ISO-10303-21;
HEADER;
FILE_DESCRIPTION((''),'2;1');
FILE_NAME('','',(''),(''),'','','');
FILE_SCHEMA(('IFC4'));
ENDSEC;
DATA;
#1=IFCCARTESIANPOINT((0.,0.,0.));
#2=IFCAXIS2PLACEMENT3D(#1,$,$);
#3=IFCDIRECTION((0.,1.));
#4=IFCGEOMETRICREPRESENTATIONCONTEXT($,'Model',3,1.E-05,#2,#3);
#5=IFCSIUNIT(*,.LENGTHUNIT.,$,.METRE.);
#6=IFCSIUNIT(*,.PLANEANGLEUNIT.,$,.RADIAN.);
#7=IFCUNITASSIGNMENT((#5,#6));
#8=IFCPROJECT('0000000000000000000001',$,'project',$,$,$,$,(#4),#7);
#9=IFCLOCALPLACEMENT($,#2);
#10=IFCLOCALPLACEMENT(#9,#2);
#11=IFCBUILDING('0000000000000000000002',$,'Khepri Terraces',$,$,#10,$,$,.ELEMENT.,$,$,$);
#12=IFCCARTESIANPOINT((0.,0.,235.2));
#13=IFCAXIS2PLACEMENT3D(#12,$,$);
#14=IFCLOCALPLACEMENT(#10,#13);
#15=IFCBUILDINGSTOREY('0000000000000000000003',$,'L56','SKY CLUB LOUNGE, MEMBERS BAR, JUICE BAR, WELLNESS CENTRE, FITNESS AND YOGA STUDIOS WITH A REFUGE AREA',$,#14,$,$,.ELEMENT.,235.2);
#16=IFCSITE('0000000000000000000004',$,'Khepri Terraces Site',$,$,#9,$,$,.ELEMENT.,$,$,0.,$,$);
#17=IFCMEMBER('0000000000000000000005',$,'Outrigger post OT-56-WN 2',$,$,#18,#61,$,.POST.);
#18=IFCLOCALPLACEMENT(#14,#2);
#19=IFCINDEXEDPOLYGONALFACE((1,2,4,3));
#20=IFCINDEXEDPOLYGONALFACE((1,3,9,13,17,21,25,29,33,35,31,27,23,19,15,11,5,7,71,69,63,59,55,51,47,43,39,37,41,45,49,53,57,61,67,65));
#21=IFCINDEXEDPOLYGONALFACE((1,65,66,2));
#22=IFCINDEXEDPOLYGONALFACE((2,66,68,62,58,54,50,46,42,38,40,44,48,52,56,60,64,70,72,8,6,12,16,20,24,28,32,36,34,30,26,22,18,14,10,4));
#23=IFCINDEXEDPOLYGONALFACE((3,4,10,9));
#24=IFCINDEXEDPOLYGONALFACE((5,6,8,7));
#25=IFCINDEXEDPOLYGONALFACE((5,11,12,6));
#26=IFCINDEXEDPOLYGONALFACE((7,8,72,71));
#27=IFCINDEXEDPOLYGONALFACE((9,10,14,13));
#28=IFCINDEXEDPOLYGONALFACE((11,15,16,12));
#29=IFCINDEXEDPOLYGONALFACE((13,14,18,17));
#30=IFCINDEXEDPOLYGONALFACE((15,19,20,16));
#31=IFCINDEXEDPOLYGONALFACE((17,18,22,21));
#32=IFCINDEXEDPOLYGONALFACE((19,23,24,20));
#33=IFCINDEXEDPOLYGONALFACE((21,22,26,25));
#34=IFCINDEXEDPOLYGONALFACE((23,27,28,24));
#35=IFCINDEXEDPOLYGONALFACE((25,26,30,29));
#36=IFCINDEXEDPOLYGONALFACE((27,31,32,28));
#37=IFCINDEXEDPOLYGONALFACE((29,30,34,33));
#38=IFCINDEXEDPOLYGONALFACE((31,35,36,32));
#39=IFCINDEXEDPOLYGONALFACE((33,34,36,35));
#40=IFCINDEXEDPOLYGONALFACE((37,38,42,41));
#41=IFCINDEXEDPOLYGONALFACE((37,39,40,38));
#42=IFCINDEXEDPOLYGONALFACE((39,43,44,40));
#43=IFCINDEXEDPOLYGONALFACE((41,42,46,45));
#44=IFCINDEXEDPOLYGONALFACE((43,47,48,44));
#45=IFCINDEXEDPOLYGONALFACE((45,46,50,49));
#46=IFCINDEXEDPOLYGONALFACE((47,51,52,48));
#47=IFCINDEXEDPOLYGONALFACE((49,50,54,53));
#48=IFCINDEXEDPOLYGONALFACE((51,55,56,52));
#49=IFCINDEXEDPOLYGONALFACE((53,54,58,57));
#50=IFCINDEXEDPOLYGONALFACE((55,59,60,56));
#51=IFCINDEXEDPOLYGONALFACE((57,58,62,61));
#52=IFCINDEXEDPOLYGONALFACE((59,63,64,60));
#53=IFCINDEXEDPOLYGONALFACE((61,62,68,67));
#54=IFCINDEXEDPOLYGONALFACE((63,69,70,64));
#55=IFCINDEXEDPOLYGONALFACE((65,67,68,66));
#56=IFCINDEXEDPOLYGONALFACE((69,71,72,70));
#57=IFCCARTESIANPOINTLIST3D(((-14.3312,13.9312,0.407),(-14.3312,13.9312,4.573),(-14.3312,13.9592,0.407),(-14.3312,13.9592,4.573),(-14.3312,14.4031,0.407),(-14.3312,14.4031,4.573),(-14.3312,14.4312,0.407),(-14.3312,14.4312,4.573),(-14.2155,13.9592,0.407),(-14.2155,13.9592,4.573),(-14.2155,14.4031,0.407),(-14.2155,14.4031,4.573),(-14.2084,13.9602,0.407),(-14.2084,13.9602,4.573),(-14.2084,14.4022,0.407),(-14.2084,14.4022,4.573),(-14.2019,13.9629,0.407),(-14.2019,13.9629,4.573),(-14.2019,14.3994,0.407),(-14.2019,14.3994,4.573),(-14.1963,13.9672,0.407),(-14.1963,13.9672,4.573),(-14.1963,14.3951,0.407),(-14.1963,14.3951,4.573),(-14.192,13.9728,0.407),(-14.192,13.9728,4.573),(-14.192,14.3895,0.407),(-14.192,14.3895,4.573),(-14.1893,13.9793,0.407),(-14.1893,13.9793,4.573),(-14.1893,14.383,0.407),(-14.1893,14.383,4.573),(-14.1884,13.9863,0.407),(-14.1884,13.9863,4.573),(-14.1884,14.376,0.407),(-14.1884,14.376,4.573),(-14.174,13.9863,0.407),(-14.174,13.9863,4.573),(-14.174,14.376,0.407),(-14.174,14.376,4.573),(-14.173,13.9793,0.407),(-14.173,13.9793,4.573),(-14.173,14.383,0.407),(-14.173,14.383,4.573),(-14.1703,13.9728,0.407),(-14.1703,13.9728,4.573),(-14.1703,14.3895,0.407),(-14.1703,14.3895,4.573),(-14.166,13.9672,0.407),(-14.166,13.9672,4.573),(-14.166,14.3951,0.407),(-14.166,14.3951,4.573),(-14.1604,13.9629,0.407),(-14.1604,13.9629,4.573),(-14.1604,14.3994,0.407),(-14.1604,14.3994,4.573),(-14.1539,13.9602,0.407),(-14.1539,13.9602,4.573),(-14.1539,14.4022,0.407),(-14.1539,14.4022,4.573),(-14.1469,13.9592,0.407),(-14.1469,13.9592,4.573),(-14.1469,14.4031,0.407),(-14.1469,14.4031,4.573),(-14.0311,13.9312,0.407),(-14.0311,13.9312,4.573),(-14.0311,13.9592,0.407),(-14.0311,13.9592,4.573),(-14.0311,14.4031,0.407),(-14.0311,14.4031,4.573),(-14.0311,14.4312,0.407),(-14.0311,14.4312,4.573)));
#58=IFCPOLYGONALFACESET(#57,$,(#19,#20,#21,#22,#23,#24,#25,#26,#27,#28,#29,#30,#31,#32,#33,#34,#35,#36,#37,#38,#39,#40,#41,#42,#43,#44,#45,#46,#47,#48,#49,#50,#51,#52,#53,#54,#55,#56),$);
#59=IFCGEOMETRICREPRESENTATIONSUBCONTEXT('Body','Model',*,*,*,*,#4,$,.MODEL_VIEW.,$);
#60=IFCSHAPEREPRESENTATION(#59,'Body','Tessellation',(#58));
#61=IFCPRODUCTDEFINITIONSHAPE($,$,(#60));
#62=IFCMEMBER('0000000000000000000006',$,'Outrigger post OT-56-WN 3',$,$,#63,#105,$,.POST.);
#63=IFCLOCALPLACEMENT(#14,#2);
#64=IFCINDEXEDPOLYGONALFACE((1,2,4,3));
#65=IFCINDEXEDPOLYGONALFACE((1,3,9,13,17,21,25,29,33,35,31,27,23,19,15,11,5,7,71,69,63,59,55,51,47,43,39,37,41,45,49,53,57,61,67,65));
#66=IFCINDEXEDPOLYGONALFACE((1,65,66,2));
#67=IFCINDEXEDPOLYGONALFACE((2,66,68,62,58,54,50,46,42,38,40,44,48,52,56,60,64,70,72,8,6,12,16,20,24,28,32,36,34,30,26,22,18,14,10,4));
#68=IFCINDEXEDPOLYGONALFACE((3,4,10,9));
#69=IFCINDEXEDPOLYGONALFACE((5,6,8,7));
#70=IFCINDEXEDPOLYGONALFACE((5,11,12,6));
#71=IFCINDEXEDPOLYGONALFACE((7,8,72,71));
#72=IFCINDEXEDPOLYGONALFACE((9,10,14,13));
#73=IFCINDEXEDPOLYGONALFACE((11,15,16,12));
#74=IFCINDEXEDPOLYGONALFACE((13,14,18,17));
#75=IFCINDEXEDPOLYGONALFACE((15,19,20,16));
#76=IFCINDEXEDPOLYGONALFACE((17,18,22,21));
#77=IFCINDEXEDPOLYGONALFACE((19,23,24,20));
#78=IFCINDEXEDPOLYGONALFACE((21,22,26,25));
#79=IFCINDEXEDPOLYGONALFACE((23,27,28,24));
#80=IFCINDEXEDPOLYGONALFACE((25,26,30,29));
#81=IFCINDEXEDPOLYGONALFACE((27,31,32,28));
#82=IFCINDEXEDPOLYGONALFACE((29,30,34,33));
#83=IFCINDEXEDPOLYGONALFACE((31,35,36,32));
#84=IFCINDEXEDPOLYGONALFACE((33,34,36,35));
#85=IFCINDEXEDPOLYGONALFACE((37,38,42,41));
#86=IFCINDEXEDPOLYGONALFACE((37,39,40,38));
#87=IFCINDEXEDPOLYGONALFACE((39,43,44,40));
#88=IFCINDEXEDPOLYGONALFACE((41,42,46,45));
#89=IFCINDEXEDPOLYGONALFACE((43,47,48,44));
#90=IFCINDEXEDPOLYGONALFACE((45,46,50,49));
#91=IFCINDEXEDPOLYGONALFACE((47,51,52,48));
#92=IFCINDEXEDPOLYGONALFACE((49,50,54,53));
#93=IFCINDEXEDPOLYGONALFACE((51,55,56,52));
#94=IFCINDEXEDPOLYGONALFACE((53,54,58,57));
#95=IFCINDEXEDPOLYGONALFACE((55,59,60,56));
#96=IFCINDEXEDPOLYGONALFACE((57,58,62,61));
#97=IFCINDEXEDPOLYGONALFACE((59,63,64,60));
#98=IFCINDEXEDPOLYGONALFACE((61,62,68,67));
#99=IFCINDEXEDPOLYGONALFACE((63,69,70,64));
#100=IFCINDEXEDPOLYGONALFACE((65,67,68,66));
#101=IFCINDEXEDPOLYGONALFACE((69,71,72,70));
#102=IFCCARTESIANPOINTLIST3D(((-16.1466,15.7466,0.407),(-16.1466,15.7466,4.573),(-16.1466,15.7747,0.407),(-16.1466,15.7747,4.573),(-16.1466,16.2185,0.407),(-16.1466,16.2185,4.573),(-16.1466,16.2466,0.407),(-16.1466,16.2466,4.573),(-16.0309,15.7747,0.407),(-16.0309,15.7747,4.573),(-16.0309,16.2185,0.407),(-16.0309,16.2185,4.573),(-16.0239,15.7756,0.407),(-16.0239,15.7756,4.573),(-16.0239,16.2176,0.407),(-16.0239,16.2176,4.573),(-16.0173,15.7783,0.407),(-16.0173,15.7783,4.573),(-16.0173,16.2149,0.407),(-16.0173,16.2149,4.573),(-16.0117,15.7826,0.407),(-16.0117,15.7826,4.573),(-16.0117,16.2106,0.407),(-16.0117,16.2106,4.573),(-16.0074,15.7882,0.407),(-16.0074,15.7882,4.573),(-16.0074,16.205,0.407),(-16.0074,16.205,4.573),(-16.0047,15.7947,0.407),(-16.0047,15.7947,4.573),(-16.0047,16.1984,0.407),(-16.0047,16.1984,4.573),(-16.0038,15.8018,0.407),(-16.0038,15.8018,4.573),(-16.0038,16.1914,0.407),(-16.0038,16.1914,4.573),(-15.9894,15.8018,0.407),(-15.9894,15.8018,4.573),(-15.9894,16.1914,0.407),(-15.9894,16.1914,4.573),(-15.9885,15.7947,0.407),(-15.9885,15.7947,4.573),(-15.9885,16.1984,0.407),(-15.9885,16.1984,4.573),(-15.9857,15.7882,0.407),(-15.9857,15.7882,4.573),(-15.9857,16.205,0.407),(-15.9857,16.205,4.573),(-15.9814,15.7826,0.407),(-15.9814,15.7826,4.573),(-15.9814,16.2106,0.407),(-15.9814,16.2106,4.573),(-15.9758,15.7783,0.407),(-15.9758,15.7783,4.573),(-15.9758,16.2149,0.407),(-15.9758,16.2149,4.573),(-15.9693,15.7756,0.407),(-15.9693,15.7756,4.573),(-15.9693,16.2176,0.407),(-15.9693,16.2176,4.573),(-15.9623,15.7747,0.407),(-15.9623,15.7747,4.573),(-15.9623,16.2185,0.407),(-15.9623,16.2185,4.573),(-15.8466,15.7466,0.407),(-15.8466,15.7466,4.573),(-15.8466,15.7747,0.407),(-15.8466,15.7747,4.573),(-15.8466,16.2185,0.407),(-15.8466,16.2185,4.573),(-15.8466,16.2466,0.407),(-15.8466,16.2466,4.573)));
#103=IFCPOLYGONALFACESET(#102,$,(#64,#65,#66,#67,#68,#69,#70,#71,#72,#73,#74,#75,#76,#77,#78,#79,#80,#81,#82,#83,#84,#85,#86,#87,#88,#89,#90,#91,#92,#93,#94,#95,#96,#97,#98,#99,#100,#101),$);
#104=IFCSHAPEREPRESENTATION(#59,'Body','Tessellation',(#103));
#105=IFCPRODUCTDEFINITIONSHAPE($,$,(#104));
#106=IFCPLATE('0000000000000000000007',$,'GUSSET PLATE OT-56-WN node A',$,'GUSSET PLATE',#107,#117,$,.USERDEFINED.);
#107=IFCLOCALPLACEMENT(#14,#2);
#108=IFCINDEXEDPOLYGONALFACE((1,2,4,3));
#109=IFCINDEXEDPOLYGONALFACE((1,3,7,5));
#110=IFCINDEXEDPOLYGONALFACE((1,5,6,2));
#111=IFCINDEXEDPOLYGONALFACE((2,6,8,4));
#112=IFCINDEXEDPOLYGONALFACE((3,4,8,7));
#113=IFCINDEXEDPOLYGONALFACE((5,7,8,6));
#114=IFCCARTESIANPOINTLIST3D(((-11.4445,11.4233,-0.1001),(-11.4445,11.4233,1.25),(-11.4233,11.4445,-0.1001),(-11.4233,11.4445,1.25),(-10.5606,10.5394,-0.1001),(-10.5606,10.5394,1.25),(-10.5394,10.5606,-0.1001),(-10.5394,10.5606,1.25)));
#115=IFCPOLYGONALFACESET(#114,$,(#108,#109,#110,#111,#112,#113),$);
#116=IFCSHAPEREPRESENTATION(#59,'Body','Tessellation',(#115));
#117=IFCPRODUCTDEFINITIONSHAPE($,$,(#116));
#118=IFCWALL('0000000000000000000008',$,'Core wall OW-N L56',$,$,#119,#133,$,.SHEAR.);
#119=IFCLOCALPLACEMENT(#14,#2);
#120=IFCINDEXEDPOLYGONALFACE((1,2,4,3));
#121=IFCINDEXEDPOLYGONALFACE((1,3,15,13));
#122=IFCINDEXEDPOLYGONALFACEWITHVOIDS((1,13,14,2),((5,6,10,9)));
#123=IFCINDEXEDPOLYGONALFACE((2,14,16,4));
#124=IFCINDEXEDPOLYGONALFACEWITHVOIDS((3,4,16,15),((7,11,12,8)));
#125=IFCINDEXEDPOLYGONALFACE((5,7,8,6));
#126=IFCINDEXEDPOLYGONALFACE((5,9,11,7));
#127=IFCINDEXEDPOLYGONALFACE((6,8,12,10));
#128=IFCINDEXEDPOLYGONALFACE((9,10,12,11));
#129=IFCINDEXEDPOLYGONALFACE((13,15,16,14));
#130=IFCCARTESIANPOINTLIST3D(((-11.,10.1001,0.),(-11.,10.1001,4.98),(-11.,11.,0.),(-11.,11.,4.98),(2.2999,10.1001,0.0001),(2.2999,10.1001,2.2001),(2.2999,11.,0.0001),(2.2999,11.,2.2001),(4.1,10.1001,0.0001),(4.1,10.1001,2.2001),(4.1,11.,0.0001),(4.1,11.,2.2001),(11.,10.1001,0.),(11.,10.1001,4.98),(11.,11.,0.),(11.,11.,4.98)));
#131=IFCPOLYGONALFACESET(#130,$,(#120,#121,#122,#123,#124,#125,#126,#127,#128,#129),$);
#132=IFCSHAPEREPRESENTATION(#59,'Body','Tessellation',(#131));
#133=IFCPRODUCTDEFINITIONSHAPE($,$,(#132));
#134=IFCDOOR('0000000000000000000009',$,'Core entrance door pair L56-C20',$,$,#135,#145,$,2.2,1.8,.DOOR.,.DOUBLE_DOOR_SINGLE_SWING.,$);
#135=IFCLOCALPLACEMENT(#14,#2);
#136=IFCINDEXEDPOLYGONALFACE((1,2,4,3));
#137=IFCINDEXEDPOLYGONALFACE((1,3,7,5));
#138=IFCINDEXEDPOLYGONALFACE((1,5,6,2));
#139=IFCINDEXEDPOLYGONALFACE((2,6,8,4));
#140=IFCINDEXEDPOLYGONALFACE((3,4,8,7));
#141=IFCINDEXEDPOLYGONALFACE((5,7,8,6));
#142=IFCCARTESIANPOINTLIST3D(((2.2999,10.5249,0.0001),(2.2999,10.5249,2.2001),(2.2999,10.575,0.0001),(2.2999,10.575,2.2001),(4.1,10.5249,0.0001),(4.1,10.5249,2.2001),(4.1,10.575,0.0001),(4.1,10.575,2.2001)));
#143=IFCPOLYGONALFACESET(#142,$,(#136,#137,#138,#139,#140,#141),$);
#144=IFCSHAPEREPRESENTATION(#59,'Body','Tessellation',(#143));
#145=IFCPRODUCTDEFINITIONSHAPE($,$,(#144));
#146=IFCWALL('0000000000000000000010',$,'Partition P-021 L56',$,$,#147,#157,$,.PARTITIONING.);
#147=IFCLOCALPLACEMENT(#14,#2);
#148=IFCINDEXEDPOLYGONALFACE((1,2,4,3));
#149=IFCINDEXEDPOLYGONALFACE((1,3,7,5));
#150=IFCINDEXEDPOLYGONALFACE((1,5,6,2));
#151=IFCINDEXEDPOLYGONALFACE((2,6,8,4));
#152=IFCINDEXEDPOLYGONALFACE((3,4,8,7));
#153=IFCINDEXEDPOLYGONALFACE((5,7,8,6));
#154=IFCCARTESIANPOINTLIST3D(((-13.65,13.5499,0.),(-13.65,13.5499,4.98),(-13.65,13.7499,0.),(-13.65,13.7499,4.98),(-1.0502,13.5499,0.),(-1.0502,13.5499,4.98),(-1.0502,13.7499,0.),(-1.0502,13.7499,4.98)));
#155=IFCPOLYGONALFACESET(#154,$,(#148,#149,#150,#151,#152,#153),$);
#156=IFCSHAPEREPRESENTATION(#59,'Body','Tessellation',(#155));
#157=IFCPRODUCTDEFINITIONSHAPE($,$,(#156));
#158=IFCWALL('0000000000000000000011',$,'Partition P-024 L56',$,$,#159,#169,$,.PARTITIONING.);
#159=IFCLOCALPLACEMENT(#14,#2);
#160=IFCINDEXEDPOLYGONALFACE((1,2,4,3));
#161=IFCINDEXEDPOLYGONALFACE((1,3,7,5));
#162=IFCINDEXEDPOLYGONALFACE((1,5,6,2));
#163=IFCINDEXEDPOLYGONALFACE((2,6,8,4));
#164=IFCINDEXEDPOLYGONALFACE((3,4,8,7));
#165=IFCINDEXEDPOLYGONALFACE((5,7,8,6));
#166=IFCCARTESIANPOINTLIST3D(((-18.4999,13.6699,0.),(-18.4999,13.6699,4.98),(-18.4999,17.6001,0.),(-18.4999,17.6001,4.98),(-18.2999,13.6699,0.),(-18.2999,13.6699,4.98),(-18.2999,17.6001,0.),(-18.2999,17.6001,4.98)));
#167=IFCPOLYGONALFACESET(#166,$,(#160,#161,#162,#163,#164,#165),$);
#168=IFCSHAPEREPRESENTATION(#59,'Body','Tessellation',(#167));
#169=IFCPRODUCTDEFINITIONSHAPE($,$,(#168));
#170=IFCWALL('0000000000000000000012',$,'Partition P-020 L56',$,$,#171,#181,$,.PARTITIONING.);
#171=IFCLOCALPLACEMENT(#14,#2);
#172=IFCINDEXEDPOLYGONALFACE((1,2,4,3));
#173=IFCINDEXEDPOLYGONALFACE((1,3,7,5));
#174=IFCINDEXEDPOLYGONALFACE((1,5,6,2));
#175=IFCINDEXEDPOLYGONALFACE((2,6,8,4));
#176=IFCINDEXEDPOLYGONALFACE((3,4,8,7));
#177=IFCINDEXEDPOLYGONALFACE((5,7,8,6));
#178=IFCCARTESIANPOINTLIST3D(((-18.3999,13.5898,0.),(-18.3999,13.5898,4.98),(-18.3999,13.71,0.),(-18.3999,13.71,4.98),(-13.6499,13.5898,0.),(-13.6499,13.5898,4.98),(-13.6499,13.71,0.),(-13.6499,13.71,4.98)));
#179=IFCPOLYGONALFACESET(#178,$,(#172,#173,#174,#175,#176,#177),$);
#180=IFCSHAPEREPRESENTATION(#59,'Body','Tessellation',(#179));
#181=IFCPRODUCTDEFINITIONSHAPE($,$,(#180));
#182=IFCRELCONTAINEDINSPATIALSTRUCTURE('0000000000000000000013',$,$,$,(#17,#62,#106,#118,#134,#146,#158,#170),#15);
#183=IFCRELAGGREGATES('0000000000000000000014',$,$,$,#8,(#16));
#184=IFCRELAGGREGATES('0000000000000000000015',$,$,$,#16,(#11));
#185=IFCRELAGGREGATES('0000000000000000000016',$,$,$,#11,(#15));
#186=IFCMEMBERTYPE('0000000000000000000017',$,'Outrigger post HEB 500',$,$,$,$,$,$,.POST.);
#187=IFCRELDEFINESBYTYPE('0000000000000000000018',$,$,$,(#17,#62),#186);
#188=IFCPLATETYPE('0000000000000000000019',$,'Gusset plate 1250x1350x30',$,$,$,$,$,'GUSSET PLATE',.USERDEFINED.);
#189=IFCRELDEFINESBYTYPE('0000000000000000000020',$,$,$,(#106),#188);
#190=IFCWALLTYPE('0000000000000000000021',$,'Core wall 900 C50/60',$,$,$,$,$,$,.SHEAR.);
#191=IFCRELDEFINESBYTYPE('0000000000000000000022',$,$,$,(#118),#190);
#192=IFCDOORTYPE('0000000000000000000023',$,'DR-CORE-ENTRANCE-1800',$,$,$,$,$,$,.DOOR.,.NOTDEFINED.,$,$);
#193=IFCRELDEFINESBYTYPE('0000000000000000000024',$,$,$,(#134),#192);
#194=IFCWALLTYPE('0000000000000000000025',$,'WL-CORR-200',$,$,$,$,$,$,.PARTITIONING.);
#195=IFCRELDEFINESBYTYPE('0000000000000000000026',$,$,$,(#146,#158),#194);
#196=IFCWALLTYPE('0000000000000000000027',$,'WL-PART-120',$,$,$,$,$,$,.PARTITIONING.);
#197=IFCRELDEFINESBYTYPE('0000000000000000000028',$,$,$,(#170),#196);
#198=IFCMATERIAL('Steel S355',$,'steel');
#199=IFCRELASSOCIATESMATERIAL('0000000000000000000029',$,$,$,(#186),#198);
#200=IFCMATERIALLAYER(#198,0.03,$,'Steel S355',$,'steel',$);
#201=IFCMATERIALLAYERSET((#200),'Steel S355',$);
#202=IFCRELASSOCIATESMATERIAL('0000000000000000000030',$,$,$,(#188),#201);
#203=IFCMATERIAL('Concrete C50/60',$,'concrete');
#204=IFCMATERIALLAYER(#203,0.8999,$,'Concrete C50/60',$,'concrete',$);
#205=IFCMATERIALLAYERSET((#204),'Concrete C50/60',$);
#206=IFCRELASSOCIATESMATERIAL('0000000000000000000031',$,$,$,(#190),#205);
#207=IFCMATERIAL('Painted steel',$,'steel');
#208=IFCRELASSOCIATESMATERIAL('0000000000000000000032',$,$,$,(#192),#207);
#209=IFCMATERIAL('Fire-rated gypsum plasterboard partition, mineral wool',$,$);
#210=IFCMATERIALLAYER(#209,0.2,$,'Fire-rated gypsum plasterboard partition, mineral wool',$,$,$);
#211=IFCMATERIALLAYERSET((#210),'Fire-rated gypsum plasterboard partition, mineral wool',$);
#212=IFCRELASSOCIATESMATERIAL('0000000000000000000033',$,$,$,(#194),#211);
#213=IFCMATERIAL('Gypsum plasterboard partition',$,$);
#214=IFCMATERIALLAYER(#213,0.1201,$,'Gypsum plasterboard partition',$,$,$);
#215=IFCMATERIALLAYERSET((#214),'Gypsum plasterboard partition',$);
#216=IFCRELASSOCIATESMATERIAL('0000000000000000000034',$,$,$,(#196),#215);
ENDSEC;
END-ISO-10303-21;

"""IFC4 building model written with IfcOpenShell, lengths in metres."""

from ifc_helpers import new_model, si_unit, direction, frame, frame_2d, origin, origin_2d, place, context, subcontext, project, spatial, rectangle, i_section, extrude, material, layer, layer_set, material_profile, profile_set, type_object, element, fill, save


model = new_model("IFC4")

# Units and contexts
model_context = context("Model", 3, precision=1e-05, world=origin(), true_north=direction((0.0, 1.0)))
body_context = subcontext(model_context, "Body", "Model", "MODEL_VIEW")
ifc_project = project(units=[si_unit("LENGTHUNIT", "METRE"), si_unit("PLANEANGLEUNIT", "RADIAN")], contexts=[model_context])

# Site, building, storey
site_placement = place(None, origin())
site = spatial("IfcSite", under=ifc_project, at=site_placement, Name="Khepri Terraces Site", CompositionType="ELEMENT", RefElevation=0.0)
building_placement = place(site_placement, origin())
building = spatial("IfcBuilding", under=site, at=building_placement, Name="Khepri Terraces", CompositionType="ELEMENT")
storey_placement = place(building_placement, frame((0.0, 0.0, 235.2)))
storey = spatial("IfcBuildingStorey", under=building, at=storey_placement, Name="L56", Description="SKY CLUB LOUNGE, MEMBERS BAR, JUICE BAR, WELLNESS CENTRE, FITNESS AND YOGA STUDIOS WITH A REFUGE AREA", CompositionType="ELEMENT", Elevation=235.2)

# Members
ifc_material_1 = material(Name="Steel S355", Category="steel")
ifc_material_profile_1 = material_profile(ifc_material_1, i_section(OverallWidth=0.3, OverallDepth=0.5, WebThickness=0.0144, FlangeThickness=0.0281, FilletRadius=0.0271, at=origin_2d()), Name="Steel S355", Category="steel")
ifc_profile_set_1 = profile_set([ifc_material_profile_1], Name="Steel S355")
member_type_1 = type_object("IfcMemberType", Name="Outrigger post HEB 500", PredefinedType="POST", material=ifc_profile_set_1)
for number, where, z_axis, x_axis, name in (
    (1, (-14.1812, 14.1812, 0.407), (0.0, 0.0, 1.0), (1.0, 0.0, 0.0), "Outrigger post OT-56-WN 2"),
    (2, (-15.9966, 15.9966, 0.407), (0.0, 0.0, 1.0), (1.0, 0.0, 0.0), "Outrigger post OT-56-WN 3"),
):
    element("IfcMember", number, at=place(storey_placement, frame(where, z_axis=z_axis, x_axis=x_axis)), inside=storey, type_object=member_type_1, Name=name, PredefinedType="POST", context=body_context, shape_type="SweptSolid", body=[
        extrude(i_section(OverallWidth=0.3, OverallDepth=0.5, WebThickness=0.0144, FlangeThickness=0.0281, FilletRadius=0.0271, at=origin_2d()), origin(), (0.0, 0.0, 1.0), 4.166),
    ])

# Plate
ifc_layer_1 = layer(ifc_material_1, 0.03, Name="Steel S355", Category="steel")
ifc_layer_set_1 = layer_set([ifc_layer_1], Name="Steel S355")
plate_type = type_object("IfcPlateType", Name="Gusset plate 1250x1350x30", ElementType="GUSSET PLATE", PredefinedType="USERDEFINED", material=ifc_layer_set_1)
plate_placement = place(storey_placement, frame((-10.9919, 10.9919, -0.1001), z_axis=(0.0, 0.0, 1.0), x_axis=(-0.707107, 0.707107, 0.0)))
element("IfcPlate", 3, at=plate_placement, inside=storey, type_object=plate_type, Name="GUSSET PLATE OT-56-WN node A", ObjectType="GUSSET PLATE", PredefinedType="USERDEFINED", context=body_context, shape_type="SweptSolid", body=[
    extrude(rectangle(XDim=1.25, YDim=0.03, at=origin_2d()), origin(), (0.0, 0.0, 1.0), 1.3501),
])

# Wall, opening, door
ifc_material_2 = material(Name="Concrete C50/60", Category="concrete")
ifc_layer_2 = layer(ifc_material_2, 0.8999, Name="Concrete C50/60", Category="concrete")
ifc_layer_set_2 = layer_set([ifc_layer_2], Name="Concrete C50/60")
wall_type_1 = type_object("IfcWallType", Name="Core wall 900 C50/60", PredefinedType="SHEAR", material=ifc_layer_set_2)
wall_1_placement = place(storey_placement, frame((-11.0, 10.55, 0.0), z_axis=(0.0, 0.0, 1.0), x_axis=(1.0, 0.0, 0.0)))
wall_1 = element("IfcWall", 4, at=wall_1_placement, inside=storey, type_object=wall_type_1, Name="Core wall OW-N L56", PredefinedType="SHEAR", context=body_context, shape_type="SweptSolid", body=[
    extrude(rectangle(XDim=22.0, YDim=0.8999, at=frame_2d((11.0, 0.0))), origin(), (0.0, 0.0, 1.0), 4.98),
])
opening_1_placement = place(wall_1_placement, frame((13.3, 0.0, 0.0)))
opening_1 = element("IfcOpeningElement", 5, at=opening_1_placement, cuts=wall_1, PredefinedType="OPENING", context=body_context, shape_type="SweptSolid", body=[
    extrude(rectangle(XDim=1.8, YDim=2.2, at=frame_2d((0.8999, 1.1001))), frame((0.0, 0.46, 0.0), z_axis=(0.0, -1.0, 0.0), x_axis=(1.0, 0.0, 0.0)), (0.0, 0.0, 1.0), 0.9199),
])
ifc_material_3 = material(Name="Painted steel", Category="steel")
door_type_1 = type_object("IfcDoorType", Name="DR-CORE-ENTRANCE-1800", OperationType="NOTDEFINED", PredefinedType="DOOR", material=ifc_material_3)
door_1_placement = place(opening_1_placement, origin())
door_1 = element("IfcDoor", 6, at=door_1_placement, inside=storey, type_object=door_type_1, Name="Core entrance door pair L56-C20", OperationType="DOUBLE_DOOR_SINGLE_SWING", OverallHeight=2.2, OverallWidth=1.8, PredefinedType="DOOR", context=body_context, shape_type="SweptSolid", body=[
    extrude(rectangle(XDim=1.8, YDim=2.2, at=frame_2d((0.8999, 1.1001))), frame((0.0, 0.0249, 0.0), z_axis=(0.0, -1.0, 0.0), x_axis=(1.0, 0.0, 0.0)), (0.0, 0.0, 1.0), 0.05),
])
fill(opening_1, door_1)

# Walls
ifc_material_4 = material(Name="Fire-rated gypsum plasterboard partition, mineral wool")
ifc_layer_3 = layer(ifc_material_4, 0.2, Name="Fire-rated gypsum plasterboard partition, mineral wool")
ifc_layer_set_3 = layer_set([ifc_layer_3], Name="Fire-rated gypsum plasterboard partition, mineral wool")
wall_type_2 = type_object("IfcWallType", Name="WL-CORR-200", PredefinedType="PARTITIONING", material=ifc_layer_set_3)
wall_2_placement = place(storey_placement, frame((-13.6499, 13.6499, 0.0), z_axis=(0.0, 0.0, 1.0), x_axis=(1.0, 0.0, 0.0)))
element("IfcWall", 7, at=wall_2_placement, inside=storey, type_object=wall_type_2, Name="Partition P-021 L56", PredefinedType="PARTITIONING", context=body_context, shape_type="SweptSolid", body=[
    extrude(rectangle(XDim=12.5999, YDim=0.2, at=frame_2d((6.2998, 0.0))), origin(), (0.0, 0.0, 1.0), 4.98),
])
wall_3_placement = place(storey_placement, frame((-18.3999, 13.6699, 0.0), z_axis=(0.0, 0.0, 1.0), x_axis=(0.0, 1.0, 0.0)))
element("IfcWall", 8, at=wall_3_placement, inside=storey, type_object=wall_type_2, Name="Partition P-024 L56", PredefinedType="PARTITIONING", context=body_context, shape_type="SweptSolid", body=[
    extrude(rectangle(XDim=3.9302, YDim=0.2, at=frame_2d((1.9651, 0.0))), origin(), (0.0, 0.0, 1.0), 4.98),
])
ifc_material_5 = material(Name="Gypsum plasterboard partition")
ifc_layer_4 = layer(ifc_material_5, 0.1201, Name="Gypsum plasterboard partition")
ifc_layer_set_4 = layer_set([ifc_layer_4], Name="Gypsum plasterboard partition")
wall_type_3 = type_object("IfcWallType", Name="WL-PART-120", PredefinedType="PARTITIONING", material=ifc_layer_set_4)
wall_4_placement = place(storey_placement, frame((-18.3999, 13.6499, 0.0), z_axis=(0.0, 0.0, 1.0), x_axis=(1.0, 0.0, 0.0)))
element("IfcWall", 9, at=wall_4_placement, inside=storey, type_object=wall_type_3, Name="Partition P-020 L56", PredefinedType="PARTITIONING", context=body_context, shape_type="SweptSolid", body=[
    extrude(rectangle(XDim=4.75, YDim=0.1201, at=frame_2d((2.375, 0.0))), origin(), (0.0, 0.0, 1.0), 4.98),
])

save(model, "model.ifc")
